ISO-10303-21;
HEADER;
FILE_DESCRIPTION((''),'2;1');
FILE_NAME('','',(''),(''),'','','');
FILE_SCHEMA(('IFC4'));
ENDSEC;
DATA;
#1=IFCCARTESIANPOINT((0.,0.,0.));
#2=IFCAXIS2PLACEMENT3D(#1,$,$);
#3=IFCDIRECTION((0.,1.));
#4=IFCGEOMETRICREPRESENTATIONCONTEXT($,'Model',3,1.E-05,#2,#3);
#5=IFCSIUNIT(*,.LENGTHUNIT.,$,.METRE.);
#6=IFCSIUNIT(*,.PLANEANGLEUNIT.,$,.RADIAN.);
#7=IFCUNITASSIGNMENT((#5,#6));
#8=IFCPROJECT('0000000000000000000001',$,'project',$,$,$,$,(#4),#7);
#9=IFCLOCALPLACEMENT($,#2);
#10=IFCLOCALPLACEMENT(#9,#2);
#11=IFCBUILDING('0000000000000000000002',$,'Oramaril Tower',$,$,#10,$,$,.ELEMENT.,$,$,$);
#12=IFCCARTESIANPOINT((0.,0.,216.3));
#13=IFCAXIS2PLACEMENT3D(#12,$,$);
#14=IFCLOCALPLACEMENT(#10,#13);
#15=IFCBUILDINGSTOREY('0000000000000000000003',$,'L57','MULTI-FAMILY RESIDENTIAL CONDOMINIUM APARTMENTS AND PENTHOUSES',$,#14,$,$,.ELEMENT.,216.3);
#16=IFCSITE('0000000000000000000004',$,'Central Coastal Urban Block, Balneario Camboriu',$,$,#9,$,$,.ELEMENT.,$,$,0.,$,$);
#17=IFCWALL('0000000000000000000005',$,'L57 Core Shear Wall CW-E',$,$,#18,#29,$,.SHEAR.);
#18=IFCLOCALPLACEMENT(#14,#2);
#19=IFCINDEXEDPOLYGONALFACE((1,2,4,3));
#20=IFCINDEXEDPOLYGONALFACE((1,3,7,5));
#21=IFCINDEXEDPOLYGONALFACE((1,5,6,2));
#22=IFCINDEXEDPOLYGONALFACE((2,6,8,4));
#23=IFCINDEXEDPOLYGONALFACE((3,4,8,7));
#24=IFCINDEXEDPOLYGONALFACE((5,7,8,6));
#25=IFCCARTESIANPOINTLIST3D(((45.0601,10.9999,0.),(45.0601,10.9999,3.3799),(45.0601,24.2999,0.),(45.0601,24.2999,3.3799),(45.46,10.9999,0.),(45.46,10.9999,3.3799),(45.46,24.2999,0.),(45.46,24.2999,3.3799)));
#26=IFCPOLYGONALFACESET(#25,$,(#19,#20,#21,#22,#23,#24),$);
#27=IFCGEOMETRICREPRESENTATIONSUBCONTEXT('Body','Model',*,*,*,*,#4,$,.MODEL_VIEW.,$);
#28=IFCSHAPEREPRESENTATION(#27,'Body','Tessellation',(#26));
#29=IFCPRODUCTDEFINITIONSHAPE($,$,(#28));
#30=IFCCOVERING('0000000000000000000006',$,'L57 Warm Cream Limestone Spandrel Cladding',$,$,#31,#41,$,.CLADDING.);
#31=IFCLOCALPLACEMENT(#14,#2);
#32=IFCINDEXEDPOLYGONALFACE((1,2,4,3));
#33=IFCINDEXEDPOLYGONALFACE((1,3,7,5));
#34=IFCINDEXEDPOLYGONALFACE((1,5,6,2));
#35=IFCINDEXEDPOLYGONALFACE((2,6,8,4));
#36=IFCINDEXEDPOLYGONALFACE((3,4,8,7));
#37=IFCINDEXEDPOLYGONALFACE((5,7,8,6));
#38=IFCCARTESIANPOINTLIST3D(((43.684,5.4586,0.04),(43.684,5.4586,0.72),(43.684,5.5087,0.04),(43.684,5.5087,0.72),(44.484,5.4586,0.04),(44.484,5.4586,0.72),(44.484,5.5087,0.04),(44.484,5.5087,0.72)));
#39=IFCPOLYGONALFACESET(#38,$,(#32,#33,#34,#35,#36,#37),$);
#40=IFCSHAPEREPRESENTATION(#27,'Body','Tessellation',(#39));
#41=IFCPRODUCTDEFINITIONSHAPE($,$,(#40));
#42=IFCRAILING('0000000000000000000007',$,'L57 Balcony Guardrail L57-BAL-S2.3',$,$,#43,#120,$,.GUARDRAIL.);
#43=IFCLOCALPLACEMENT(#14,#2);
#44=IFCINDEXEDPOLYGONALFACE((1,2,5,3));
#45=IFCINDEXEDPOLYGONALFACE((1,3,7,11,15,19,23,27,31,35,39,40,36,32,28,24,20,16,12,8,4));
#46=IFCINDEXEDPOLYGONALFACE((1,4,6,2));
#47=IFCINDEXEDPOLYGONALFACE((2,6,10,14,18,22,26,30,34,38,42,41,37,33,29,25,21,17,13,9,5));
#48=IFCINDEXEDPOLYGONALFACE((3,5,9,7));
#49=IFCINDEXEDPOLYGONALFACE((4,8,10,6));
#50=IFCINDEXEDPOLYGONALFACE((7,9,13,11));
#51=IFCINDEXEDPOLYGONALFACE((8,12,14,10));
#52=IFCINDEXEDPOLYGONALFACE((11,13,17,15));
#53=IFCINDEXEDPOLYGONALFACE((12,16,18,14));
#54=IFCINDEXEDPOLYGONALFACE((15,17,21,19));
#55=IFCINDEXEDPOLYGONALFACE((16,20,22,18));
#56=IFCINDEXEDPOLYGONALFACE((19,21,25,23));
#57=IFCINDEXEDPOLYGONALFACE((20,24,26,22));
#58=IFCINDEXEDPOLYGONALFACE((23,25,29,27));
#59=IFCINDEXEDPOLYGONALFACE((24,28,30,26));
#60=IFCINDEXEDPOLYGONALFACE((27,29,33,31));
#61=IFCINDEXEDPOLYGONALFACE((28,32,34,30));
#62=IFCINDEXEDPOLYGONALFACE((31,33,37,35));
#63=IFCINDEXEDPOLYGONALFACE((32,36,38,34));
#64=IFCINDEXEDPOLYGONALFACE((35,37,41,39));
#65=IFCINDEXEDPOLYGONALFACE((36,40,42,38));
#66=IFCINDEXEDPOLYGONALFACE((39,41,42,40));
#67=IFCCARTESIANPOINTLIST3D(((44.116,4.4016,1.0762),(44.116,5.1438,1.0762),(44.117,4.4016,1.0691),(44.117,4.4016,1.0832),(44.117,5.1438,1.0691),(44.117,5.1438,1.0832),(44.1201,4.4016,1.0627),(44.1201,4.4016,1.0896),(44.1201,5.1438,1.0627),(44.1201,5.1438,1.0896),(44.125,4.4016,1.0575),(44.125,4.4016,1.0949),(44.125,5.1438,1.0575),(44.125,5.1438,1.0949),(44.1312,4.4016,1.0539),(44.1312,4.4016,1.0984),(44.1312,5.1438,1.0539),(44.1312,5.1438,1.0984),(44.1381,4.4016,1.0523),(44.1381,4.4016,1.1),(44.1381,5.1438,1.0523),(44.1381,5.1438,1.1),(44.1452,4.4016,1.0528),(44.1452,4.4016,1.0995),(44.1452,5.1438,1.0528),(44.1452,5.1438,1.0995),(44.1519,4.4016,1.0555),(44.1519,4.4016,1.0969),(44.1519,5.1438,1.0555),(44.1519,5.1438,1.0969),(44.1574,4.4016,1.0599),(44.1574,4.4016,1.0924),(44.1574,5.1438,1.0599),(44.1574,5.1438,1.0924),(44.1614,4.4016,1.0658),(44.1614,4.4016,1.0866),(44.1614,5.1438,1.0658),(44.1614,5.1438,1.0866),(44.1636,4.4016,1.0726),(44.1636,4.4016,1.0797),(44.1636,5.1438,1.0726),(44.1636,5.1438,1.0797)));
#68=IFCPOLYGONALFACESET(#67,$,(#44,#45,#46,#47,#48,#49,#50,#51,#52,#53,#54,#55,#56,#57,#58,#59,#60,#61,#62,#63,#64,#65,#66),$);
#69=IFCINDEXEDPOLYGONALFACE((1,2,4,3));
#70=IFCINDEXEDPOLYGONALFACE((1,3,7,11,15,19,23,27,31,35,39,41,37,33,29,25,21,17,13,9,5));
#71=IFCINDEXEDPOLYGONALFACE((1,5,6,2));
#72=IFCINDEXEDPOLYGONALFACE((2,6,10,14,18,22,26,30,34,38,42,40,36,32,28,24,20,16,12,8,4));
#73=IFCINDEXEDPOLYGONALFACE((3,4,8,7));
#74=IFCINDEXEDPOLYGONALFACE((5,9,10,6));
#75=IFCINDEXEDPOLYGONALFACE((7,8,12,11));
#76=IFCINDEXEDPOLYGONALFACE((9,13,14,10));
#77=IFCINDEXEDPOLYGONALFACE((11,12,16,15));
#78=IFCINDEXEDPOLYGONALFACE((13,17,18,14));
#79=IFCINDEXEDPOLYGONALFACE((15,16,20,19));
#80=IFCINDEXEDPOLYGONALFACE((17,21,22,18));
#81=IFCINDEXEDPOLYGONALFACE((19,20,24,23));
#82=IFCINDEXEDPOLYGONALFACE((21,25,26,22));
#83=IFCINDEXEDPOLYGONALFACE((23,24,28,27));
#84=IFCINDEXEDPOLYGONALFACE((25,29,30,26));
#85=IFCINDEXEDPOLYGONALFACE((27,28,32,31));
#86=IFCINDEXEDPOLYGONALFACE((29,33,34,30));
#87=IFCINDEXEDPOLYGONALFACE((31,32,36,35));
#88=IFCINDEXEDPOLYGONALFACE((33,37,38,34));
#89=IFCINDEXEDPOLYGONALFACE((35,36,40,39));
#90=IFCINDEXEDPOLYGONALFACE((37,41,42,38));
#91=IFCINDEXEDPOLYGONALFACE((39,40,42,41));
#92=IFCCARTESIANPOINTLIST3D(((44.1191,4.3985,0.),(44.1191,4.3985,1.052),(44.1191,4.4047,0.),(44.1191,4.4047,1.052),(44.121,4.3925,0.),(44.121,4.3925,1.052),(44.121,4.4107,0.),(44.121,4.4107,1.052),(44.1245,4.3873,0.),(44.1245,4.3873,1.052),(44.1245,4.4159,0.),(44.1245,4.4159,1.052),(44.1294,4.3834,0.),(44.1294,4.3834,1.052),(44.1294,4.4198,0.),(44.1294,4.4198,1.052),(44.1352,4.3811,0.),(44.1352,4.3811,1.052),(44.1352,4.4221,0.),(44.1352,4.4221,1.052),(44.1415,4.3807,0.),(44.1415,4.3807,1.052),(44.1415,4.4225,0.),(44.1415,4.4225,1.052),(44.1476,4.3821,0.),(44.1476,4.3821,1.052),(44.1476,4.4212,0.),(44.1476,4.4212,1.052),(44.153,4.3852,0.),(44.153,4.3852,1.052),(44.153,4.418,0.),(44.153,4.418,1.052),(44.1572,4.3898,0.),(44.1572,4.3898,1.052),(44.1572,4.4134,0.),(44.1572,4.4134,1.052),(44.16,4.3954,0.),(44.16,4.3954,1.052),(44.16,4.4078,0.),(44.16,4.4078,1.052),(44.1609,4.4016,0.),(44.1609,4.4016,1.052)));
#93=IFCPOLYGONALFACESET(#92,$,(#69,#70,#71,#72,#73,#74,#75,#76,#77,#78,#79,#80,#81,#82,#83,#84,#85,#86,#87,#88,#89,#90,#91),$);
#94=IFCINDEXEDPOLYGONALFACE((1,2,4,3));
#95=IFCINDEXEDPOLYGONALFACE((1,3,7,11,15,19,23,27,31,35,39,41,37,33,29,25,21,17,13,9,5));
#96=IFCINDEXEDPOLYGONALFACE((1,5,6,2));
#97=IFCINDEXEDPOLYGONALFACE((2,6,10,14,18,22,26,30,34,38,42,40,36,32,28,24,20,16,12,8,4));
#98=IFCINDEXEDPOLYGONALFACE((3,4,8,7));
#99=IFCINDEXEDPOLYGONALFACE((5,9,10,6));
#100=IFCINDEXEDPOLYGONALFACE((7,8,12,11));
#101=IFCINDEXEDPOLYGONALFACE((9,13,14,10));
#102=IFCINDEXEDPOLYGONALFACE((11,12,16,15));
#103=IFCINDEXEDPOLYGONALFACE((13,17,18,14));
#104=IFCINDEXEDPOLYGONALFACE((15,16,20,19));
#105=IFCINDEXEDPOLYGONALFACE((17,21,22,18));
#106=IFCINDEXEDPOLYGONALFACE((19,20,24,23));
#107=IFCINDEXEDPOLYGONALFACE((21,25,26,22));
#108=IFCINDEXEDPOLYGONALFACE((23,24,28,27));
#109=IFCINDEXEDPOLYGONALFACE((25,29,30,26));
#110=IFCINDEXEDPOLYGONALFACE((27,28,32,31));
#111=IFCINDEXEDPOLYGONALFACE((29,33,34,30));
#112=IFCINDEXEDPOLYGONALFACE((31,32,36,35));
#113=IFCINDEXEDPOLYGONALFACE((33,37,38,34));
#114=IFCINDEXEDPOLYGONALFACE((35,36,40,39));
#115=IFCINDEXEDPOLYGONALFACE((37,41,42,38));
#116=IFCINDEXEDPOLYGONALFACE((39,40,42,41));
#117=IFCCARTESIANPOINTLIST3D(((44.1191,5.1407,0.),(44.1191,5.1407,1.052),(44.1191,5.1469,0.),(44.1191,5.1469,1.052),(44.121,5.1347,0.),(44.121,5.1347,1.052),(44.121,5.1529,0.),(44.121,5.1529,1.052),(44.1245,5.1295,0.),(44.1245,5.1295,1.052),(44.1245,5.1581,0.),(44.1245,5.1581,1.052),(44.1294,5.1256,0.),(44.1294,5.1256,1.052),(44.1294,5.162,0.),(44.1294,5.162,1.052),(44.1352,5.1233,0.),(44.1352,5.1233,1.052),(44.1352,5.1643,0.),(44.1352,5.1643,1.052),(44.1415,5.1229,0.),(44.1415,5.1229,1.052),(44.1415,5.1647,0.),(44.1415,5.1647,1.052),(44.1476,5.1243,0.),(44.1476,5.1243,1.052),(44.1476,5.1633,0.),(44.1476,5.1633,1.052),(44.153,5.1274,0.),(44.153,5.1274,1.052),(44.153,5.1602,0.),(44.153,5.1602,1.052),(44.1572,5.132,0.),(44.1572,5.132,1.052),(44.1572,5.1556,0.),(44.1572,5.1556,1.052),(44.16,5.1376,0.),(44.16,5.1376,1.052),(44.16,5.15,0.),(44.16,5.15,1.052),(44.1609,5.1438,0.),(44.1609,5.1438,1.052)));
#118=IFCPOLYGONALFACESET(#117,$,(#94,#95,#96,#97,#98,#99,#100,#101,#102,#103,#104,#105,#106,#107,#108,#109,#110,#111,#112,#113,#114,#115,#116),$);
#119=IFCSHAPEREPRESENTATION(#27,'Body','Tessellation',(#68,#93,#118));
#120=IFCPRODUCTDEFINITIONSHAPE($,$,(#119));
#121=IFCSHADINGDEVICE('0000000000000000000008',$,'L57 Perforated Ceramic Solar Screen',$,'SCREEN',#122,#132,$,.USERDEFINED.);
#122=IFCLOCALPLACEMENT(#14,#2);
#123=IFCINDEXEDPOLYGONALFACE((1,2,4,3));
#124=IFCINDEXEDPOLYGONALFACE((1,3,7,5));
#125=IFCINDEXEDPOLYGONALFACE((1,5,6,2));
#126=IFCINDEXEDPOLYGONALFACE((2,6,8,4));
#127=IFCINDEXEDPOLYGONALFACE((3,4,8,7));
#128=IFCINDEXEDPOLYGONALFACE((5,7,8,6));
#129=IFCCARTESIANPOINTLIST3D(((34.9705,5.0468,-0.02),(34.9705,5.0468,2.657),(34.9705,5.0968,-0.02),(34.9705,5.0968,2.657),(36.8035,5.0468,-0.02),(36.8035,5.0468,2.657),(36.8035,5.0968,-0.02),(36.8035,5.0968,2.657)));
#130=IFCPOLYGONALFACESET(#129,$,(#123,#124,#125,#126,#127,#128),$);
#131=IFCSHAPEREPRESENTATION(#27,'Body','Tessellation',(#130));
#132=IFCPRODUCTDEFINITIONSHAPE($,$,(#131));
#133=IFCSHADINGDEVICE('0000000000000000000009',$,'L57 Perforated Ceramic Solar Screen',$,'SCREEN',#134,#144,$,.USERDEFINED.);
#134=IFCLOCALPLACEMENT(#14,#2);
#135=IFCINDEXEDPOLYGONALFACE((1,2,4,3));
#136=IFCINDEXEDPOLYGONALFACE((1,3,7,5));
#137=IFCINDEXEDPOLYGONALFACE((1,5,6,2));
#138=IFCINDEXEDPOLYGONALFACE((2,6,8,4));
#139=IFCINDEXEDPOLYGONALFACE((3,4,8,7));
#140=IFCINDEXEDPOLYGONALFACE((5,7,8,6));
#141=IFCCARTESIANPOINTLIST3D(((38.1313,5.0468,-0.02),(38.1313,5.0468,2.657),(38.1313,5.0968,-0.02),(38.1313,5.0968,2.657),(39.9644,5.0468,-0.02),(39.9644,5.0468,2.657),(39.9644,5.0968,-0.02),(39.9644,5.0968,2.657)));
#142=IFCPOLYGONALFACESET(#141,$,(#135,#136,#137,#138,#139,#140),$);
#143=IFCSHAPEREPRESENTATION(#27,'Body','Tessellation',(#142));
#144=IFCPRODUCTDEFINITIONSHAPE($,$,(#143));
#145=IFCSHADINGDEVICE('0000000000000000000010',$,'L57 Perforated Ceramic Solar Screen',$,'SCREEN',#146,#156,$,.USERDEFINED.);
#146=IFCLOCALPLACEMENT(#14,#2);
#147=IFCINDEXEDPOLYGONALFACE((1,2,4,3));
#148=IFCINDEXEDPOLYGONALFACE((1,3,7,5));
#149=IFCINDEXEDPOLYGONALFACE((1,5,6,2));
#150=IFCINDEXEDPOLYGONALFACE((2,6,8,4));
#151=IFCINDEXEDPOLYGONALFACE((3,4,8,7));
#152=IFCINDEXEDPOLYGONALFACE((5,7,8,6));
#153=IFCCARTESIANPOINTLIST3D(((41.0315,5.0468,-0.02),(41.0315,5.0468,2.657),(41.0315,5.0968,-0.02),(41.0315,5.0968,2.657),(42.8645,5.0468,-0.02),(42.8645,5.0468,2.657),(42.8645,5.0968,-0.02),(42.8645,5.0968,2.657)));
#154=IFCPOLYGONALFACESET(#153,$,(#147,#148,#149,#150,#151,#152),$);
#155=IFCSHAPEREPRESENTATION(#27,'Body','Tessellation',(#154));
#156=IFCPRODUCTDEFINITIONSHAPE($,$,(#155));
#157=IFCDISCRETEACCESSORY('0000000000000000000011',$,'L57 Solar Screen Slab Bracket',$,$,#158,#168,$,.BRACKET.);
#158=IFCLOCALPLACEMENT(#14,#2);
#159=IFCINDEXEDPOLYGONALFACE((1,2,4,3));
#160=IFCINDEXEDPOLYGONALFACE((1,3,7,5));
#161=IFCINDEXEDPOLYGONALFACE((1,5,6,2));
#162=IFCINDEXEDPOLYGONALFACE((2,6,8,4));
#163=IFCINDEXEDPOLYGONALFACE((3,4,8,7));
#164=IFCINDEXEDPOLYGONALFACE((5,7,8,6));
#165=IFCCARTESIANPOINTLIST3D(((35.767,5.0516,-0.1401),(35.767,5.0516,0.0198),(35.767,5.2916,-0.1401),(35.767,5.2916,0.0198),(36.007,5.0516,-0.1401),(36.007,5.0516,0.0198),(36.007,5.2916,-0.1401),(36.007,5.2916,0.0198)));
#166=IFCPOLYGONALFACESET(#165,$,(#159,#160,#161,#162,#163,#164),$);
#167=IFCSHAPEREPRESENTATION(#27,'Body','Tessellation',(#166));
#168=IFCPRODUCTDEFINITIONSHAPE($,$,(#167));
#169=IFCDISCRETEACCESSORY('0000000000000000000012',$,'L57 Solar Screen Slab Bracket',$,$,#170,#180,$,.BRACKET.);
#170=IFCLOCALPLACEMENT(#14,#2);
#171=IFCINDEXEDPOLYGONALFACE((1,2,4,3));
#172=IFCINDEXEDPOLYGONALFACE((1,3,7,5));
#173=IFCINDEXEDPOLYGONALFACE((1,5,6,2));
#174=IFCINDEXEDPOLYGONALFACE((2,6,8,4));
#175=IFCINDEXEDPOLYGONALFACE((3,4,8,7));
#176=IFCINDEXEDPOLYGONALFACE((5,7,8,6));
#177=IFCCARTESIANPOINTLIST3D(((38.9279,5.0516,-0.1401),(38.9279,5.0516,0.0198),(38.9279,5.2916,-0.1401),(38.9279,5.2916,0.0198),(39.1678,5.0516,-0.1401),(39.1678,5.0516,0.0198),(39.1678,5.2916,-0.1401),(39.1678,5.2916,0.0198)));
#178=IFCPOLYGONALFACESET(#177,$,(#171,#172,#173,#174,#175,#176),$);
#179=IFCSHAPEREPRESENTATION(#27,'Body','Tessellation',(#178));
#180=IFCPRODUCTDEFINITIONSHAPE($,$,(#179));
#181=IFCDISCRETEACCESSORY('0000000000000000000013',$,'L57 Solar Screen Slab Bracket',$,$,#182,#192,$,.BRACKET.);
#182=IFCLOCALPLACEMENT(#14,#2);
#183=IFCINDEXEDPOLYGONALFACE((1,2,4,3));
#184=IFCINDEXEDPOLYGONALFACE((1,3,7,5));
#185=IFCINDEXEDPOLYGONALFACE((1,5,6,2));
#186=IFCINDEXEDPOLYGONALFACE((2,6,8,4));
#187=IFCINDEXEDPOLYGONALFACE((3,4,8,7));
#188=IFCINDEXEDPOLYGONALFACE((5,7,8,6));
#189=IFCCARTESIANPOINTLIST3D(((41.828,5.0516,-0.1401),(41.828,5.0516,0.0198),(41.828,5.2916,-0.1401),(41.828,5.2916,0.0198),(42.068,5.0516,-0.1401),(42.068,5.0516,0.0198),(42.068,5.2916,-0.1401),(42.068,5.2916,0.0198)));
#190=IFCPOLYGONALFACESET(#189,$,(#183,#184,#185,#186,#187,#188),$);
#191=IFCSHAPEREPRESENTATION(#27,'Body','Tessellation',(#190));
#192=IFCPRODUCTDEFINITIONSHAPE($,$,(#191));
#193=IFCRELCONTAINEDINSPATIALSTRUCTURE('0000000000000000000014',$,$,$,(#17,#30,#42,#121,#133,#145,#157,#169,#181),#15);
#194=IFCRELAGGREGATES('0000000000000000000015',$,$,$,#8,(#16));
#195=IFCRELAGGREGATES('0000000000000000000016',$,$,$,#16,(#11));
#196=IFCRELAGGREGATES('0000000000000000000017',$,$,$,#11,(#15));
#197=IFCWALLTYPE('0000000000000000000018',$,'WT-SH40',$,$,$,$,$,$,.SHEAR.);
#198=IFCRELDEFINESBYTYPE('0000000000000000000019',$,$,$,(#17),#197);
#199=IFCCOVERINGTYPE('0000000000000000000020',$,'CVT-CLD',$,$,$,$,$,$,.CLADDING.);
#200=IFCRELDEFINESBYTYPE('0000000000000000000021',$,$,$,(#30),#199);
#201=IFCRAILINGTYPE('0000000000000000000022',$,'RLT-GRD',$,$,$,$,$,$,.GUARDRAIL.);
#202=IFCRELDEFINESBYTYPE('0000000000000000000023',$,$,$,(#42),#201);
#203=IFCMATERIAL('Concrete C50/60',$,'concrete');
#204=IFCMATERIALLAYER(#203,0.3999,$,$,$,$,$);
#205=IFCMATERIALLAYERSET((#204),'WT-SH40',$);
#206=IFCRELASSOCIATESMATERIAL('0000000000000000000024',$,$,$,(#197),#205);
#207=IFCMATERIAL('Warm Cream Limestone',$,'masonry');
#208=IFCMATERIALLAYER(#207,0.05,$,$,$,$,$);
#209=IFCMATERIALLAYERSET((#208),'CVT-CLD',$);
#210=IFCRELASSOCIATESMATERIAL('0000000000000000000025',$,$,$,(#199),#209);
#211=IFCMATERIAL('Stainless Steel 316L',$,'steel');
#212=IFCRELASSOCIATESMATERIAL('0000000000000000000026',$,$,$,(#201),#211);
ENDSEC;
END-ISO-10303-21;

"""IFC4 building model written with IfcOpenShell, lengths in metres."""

from ifc_helpers import new_model, si_unit, direction, frame, frame_2d, origin, origin_2d, place, context, subcontext, project, spatial, rectangle, circle, extrude, material, layer, layer_set, type_object, element, save


model = new_model("IFC4")

# Units and contexts
model_context = context("Model", 3, precision=1e-05, world=origin(), true_north=direction((0.0, 1.0)))
body_context = subcontext(model_context, "Body", "Model", "MODEL_VIEW")
ifc_project = project(units=[si_unit("LENGTHUNIT", "METRE"), si_unit("PLANEANGLEUNIT", "RADIAN")], contexts=[model_context])

# Site, building, storey
site_placement = place(None, origin())
site = spatial("IfcSite", under=ifc_project, at=site_placement, Name="Central Coastal Urban Block, Balneario Camboriu", CompositionType="ELEMENT", RefElevation=0.0)
building_placement = place(site_placement, origin())
building = spatial("IfcBuilding", under=site, at=building_placement, Name="Oramaril Tower", CompositionType="ELEMENT")
storey_placement = place(building_placement, frame((0.0, 0.0, 216.3)))
storey = spatial("IfcBuildingStorey", under=building, at=storey_placement, Name="L57", Description="MULTI-FAMILY RESIDENTIAL CONDOMINIUM APARTMENTS AND PENTHOUSES", CompositionType="ELEMENT", Elevation=216.3)

# Wall
ifc_material_1 = material(Name="Concrete C50/60", Category="concrete")
ifc_layer_1 = layer(ifc_material_1, 0.3999)
ifc_layer_set_1 = layer_set([ifc_layer_1], Name="WT-SH40")
wall_type_1 = type_object("IfcWallType", Name="WT-SH40", PredefinedType="SHEAR", material=ifc_layer_set_1)
wall_1_placement = place(storey_placement, frame((45.26, 11.0, 0.0), z_axis=(0.0, 0.0, 1.0), x_axis=(0.0, 1.0, 0.0)))
element("IfcWall", 1, at=wall_1_placement, inside=storey, type_object=wall_type_1, Name="L57 Core Shear Wall CW-E", PredefinedType="SHEAR", context=body_context, shape_type="SweptSolid", body=[
    extrude(rectangle(XDim=13.3, YDim=0.3999, at=frame_2d((6.6499, 0.0))), origin(), (0.0, 0.0, 1.0), 3.3799),
])

# Covering
ifc_material_2 = material(Name="Warm Cream Limestone", Category="masonry")
ifc_layer_2 = layer(ifc_material_2, 0.05)
ifc_layer_set_2 = layer_set([ifc_layer_2], Name="CVT-CLD")
covering_type = type_object("IfcCoveringType", Name="CVT-CLD", PredefinedType="CLADDING", material=ifc_layer_set_2)
covering_placement = place(storey_placement, frame((44.084, 5.4836, 0.04), z_axis=(0.0, 0.0, 1.0), x_axis=(1.0, 0.0, 0.0)))
element("IfcCovering", 2, at=covering_placement, inside=storey, type_object=covering_type, Name="L57 Warm Cream Limestone Spandrel Cladding", PredefinedType="CLADDING", context=body_context, shape_type="SweptSolid", body=[
    extrude(rectangle(XDim=0.8, YDim=0.05, at=origin_2d()), origin(), (0.0, 0.0, 1.0), 0.6799),
])

# Railing
ifc_material_3 = material(Name="Stainless Steel 316L", Category="steel")
railing_type = type_object("IfcRailingType", Name="RLT-GRD", PredefinedType="GUARDRAIL", material=ifc_material_3)
railing_placement = place(storey_placement, frame((44.1399, 4.4016, 0.0)))
element("IfcRailing", 3, at=railing_placement, inside=storey, type_object=railing_type, Name="L57 Balcony Guardrail L57-BAL-S2.3", PredefinedType="GUARDRAIL", context=body_context, shape_type="SweptSolid", body=[
    extrude(circle(Radius=0.0239, at=origin_2d()), frame((0.0, 0.0, 1.0762), z_axis=(0.0, 1.0, 0.0), x_axis=(-1.0, 0.0, 0.0)), (0.0, 0.0, 1.0), 0.7422),
    extrude(circle(Radius=0.021, at=origin_2d()), origin(), (0.0, 0.0, 1.0), 1.052),
    extrude(circle(Radius=0.021, at=origin_2d()), frame((0.0, 0.7422, 0.0)), (0.0, 0.0, 1.0), 1.052),
])

# Shading devices
for number, where, z_axis, x_axis, name in (
    (4, (35.887, 5.0718, -0.02), (0.0, 0.0, 1.0), (1.0, 0.0, 0.0), "L57 Perforated Ceramic Solar Screen"),
    (5, (39.0479, 5.0718, -0.02), (0.0, 0.0, 1.0), (1.0, 0.0, 0.0), "L57 Perforated Ceramic Solar Screen"),
    (6, (41.948, 5.0718, -0.02), (0.0, 0.0, 1.0), (1.0, 0.0, 0.0), "L57 Perforated Ceramic Solar Screen"),
):
    element("IfcShadingDevice", number, at=place(storey_placement, frame(where, z_axis=z_axis, x_axis=x_axis)), inside=storey, Name=name, ObjectType="SCREEN", PredefinedType="USERDEFINED", context=body_context, shape_type="SweptSolid", body=[
        extrude(rectangle(XDim=1.833, YDim=0.05, at=origin_2d()), origin(), (0.0, 0.0, 1.0), 2.677),
    ])

# Discrete accessories
for number, where, z_axis, x_axis, name in (
    (7, (35.887, 5.1716, -0.1401), (0.0, 0.0, 1.0), (1.0, 0.0, 0.0), "L57 Solar Screen Slab Bracket"),
    (8, (39.0479, 5.1716, -0.1401), (0.0, 0.0, 1.0), (1.0, 0.0, 0.0), "L57 Solar Screen Slab Bracket"),
    (9, (41.948, 5.1716, -0.1401), (0.0, 0.0, 1.0), (1.0, 0.0, 0.0), "L57 Solar Screen Slab Bracket"),
):
    element("IfcDiscreteAccessory", number, at=place(storey_placement, frame(where, z_axis=z_axis, x_axis=x_axis)), inside=storey, Name=name, PredefinedType="BRACKET", context=body_context, shape_type="SweptSolid", body=[
        extrude(rectangle(XDim=0.24, YDim=0.24, at=origin_2d()), origin(), (0.0, 0.0, 1.0), 0.1599),
    ])

save(model, "model.ifc")
